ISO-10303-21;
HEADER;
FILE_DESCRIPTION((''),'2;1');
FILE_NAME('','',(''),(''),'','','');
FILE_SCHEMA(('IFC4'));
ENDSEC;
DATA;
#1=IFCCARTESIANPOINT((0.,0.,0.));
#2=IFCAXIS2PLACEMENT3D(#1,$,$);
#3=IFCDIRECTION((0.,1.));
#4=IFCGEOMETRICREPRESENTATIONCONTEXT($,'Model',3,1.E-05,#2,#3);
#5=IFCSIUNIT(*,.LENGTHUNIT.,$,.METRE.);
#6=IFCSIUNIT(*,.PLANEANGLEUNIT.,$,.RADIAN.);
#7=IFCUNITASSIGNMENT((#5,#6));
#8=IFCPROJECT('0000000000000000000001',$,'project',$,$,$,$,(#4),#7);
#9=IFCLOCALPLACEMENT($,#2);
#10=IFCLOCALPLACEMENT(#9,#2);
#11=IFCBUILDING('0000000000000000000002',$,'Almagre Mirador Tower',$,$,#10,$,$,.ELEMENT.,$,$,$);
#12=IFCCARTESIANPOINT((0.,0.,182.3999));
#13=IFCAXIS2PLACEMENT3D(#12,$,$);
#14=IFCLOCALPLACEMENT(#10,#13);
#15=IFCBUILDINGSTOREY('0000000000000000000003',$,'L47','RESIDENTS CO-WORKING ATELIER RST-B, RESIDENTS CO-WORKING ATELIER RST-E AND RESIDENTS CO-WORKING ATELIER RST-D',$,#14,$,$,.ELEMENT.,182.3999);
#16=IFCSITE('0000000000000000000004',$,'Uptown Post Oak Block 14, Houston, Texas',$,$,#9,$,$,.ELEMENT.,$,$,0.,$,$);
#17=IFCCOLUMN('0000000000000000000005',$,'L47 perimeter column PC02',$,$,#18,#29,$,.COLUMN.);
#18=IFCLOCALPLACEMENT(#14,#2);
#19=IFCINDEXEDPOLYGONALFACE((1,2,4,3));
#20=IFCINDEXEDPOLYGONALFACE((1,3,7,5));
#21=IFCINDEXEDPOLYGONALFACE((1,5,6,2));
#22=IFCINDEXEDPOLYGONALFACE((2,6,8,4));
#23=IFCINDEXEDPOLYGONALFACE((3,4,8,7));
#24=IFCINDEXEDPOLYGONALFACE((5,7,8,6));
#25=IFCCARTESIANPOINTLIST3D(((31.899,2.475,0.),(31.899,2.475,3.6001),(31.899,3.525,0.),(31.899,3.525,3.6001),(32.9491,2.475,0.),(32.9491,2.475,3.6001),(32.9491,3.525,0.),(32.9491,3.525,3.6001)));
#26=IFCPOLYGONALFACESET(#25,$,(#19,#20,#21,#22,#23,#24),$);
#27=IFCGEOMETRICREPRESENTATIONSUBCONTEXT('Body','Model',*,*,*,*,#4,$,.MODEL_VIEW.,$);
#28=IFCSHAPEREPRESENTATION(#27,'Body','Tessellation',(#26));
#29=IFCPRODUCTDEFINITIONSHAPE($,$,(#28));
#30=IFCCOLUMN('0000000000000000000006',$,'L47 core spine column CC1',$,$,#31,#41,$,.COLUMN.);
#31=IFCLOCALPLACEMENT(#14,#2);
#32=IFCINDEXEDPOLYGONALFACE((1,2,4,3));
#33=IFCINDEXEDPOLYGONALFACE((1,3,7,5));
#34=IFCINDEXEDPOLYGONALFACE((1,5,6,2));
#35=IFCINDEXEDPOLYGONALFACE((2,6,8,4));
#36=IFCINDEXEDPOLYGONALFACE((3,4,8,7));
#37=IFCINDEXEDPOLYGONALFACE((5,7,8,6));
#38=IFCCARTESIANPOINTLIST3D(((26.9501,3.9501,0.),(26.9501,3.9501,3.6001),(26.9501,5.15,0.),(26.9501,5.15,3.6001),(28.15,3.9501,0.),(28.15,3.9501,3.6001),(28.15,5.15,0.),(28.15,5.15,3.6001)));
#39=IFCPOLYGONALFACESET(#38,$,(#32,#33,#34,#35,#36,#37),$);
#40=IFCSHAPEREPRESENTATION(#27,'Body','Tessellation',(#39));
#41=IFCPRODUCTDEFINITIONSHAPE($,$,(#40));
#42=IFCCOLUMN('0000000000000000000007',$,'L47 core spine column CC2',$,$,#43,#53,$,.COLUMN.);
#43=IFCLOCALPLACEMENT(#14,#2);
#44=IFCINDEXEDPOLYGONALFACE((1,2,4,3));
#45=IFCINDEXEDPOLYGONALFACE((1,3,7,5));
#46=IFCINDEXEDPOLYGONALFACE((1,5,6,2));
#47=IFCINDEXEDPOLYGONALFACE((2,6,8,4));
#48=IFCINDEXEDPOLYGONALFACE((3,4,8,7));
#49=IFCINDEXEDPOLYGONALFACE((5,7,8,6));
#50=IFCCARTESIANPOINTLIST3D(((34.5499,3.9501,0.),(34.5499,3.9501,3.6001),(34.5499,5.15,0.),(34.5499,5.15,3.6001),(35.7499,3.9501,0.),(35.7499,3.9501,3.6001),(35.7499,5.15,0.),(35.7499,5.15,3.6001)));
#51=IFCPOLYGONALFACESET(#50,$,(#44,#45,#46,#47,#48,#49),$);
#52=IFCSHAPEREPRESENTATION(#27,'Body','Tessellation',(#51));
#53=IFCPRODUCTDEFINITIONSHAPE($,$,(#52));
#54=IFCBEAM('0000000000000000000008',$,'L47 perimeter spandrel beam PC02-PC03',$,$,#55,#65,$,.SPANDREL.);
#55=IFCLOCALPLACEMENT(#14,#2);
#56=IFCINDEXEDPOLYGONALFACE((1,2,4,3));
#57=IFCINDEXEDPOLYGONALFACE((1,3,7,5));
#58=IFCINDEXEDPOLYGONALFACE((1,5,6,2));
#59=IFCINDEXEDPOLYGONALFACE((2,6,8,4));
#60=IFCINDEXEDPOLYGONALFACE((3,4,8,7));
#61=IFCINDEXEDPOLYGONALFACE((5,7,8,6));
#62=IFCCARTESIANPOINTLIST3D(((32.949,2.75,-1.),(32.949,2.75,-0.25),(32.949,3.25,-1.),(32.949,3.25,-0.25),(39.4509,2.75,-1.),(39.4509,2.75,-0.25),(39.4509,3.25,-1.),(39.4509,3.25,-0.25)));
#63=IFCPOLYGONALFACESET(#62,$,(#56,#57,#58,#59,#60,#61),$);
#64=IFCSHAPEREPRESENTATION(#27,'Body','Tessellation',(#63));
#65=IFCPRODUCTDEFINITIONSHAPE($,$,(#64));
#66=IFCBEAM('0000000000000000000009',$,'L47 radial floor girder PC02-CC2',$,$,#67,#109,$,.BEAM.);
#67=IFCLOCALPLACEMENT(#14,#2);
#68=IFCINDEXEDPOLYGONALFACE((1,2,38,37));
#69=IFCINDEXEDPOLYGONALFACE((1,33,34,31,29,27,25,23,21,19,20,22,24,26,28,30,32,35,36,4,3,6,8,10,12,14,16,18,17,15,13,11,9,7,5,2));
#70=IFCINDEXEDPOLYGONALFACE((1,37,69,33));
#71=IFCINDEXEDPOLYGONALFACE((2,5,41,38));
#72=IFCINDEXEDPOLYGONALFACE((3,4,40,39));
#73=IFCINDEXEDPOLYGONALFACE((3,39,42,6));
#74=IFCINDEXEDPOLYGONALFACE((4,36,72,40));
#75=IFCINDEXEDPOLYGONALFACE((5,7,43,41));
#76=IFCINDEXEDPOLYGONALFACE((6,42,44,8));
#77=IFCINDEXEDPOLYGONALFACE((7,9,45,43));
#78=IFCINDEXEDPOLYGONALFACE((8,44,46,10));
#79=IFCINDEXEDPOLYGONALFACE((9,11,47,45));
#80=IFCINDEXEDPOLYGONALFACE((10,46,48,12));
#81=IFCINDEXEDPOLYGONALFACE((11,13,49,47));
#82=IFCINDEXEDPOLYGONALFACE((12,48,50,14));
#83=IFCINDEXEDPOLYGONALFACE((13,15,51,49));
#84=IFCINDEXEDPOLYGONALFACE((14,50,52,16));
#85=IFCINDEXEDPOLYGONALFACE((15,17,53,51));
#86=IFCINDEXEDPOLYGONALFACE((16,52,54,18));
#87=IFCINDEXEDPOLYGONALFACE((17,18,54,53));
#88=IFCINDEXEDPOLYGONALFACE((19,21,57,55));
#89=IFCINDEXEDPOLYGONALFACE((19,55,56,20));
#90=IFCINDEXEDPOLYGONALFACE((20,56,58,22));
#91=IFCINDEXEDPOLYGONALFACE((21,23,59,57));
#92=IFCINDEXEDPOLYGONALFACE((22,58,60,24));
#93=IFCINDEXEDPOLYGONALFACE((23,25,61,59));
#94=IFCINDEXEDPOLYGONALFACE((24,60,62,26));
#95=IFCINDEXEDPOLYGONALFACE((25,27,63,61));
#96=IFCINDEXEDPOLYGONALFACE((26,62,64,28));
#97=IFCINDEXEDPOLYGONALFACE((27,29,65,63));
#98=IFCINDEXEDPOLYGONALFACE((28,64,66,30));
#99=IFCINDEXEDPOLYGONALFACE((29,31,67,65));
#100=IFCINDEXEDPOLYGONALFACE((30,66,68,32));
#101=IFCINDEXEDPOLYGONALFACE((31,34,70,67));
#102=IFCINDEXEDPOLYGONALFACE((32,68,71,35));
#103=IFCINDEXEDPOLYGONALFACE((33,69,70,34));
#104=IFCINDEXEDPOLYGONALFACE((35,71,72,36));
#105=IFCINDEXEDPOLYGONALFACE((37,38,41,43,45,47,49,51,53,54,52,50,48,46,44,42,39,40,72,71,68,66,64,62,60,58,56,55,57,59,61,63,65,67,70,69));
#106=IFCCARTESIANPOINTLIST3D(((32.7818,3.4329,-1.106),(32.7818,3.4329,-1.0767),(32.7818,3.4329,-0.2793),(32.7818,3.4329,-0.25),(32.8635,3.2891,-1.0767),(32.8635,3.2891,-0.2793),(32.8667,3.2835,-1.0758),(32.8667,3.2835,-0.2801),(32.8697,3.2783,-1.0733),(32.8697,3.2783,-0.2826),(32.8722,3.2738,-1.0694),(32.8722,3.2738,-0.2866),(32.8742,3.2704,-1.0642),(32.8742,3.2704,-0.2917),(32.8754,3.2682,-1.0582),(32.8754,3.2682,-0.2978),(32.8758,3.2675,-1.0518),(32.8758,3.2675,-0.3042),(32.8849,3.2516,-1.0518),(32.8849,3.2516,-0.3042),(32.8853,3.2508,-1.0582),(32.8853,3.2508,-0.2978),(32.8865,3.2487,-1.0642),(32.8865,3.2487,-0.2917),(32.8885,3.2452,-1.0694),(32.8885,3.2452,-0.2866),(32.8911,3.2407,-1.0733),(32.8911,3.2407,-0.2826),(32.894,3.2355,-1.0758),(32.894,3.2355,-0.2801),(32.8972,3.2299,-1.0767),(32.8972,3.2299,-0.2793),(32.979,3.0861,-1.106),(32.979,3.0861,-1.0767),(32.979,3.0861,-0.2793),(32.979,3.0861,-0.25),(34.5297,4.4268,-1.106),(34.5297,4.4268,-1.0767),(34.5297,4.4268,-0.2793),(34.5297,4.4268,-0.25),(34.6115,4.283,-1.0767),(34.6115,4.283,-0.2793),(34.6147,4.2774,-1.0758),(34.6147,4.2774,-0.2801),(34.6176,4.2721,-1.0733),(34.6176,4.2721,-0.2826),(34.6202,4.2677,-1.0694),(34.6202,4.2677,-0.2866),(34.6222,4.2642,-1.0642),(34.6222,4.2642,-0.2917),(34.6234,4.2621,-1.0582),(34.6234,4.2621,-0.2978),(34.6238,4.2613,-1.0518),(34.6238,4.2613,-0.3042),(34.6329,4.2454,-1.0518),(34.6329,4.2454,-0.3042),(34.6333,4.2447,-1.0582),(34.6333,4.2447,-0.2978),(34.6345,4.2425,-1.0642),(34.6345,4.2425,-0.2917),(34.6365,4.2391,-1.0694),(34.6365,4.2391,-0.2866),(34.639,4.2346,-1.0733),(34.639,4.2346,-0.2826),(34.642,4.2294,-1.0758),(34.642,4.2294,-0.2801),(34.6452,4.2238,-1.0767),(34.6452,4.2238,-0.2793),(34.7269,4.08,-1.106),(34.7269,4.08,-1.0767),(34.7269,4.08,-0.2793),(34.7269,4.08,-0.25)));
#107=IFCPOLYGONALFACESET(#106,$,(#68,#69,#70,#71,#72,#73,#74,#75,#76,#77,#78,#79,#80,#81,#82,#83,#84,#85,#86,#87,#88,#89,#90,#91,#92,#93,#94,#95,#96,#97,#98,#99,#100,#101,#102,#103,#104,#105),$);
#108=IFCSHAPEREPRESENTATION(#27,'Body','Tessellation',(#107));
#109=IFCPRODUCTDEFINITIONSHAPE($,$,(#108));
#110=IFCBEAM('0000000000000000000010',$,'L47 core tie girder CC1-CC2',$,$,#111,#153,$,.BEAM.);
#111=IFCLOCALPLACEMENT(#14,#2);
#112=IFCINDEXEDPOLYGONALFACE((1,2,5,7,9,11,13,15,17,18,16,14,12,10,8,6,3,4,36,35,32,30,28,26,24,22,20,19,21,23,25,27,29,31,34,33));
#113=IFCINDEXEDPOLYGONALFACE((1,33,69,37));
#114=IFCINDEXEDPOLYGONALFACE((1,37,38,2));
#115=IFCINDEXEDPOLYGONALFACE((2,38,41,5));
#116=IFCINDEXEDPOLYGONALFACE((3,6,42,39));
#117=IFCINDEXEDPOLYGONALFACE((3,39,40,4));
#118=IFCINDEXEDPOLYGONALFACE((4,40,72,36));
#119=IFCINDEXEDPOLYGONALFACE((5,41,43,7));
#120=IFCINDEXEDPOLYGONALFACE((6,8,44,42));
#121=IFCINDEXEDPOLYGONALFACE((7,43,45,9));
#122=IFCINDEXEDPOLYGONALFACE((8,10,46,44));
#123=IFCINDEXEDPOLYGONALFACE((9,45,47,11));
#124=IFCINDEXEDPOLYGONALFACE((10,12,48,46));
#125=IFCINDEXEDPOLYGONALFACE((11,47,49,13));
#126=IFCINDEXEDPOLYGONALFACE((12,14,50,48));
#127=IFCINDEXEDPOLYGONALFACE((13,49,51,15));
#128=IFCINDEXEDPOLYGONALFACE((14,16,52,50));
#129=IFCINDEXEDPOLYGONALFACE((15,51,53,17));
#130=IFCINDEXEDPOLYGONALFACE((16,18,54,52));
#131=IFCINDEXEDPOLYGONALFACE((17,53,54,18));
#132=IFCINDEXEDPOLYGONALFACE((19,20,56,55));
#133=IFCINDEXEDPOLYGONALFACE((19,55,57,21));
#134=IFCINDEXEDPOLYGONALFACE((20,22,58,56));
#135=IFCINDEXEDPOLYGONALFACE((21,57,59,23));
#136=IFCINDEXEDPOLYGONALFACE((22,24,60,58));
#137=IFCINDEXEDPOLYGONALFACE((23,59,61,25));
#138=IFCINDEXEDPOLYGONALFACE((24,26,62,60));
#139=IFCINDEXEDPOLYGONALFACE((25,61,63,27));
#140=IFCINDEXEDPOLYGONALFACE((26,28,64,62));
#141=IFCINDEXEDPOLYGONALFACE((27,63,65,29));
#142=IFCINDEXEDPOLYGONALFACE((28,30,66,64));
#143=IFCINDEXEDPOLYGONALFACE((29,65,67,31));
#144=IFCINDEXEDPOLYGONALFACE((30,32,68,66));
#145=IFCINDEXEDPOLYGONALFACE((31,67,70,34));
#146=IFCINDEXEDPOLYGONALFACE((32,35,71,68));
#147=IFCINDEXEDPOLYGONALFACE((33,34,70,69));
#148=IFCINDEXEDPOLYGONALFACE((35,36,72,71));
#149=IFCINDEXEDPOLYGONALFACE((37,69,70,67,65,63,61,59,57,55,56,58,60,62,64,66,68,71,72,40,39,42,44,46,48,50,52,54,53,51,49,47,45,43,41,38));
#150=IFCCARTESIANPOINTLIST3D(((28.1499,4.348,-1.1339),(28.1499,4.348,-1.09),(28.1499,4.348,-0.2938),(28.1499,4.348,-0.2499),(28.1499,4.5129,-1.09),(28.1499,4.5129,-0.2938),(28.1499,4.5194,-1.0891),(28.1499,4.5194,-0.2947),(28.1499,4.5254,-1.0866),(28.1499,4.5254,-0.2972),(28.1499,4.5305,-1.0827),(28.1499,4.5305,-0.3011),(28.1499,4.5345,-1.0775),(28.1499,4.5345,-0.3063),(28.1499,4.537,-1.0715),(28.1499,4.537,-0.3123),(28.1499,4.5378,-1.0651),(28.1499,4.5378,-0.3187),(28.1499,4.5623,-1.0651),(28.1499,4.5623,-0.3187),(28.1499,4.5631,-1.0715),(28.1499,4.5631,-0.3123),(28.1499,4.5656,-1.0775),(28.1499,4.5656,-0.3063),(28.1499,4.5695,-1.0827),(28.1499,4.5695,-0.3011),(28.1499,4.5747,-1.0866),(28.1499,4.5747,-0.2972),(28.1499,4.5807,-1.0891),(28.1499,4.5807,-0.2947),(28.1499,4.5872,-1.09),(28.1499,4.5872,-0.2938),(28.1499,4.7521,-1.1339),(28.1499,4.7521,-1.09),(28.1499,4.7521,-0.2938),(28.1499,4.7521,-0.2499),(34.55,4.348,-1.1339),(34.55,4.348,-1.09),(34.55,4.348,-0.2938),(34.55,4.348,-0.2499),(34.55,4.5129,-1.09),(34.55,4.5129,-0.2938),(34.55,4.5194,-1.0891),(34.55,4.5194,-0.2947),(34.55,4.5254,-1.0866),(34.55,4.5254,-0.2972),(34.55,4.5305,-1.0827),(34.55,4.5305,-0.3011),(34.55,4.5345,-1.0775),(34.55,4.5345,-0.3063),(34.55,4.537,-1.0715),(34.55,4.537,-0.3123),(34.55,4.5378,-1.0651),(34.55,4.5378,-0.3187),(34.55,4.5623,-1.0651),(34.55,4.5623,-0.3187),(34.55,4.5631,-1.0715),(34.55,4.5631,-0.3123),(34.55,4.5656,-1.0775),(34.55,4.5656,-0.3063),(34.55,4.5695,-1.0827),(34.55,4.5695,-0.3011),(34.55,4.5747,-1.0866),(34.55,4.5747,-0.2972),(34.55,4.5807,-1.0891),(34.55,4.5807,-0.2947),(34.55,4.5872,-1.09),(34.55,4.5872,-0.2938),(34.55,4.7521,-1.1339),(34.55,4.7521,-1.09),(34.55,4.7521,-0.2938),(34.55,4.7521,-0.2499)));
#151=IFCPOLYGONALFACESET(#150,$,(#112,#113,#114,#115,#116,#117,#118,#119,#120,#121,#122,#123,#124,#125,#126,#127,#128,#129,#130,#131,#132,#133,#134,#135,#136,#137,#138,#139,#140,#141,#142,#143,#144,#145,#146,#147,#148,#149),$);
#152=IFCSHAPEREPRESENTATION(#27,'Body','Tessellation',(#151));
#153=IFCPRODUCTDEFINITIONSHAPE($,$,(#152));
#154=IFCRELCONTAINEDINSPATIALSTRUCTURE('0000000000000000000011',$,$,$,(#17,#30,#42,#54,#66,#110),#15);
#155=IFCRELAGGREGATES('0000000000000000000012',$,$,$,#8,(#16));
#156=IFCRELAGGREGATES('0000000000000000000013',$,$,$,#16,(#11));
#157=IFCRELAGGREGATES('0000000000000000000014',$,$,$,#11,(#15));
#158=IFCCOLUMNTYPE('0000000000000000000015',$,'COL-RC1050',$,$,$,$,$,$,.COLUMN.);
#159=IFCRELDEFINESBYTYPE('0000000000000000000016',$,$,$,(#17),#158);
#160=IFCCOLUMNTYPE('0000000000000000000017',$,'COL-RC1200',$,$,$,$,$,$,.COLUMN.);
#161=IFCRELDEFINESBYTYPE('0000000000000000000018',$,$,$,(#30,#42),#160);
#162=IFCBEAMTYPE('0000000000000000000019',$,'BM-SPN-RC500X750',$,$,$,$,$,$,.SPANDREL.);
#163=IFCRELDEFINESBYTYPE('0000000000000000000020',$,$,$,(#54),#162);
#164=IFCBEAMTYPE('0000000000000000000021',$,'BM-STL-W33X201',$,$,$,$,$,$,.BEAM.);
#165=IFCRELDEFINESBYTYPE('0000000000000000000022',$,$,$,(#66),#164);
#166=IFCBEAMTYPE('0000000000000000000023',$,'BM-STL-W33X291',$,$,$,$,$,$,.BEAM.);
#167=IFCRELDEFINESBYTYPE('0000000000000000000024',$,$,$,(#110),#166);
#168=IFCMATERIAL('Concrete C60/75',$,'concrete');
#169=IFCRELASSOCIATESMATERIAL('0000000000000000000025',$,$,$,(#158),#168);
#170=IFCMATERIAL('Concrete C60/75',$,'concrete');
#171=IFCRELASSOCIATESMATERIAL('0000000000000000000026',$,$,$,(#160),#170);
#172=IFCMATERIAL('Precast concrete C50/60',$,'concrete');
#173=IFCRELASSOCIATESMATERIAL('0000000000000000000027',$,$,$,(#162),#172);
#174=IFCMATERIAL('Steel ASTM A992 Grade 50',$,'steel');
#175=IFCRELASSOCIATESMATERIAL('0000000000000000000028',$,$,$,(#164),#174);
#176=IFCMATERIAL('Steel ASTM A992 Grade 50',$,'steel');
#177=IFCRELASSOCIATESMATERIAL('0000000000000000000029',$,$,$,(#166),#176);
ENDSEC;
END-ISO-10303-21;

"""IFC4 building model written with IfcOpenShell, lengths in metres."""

from ifc_helpers import new_model, si_unit, direction, frame, origin, origin_2d, place, context, subcontext, project, spatial, rectangle, i_section, extrude, material, material_profile, profile_set, type_object, element, save


model = new_model("IFC4")

# Units and contexts
model_context = context("Model", 3, precision=1e-05, world=origin(), true_north=direction((0.0, 1.0)))
body_context = subcontext(model_context, "Body", "Model", "MODEL_VIEW")
ifc_project = project(units=[si_unit("LENGTHUNIT", "METRE"), si_unit("PLANEANGLEUNIT", "RADIAN")], contexts=[model_context])

# Site, building, storey
site_placement = place(None, origin())
site = spatial("IfcSite", under=ifc_project, at=site_placement, Name="Uptown Post Oak Block 14, Houston, Texas", CompositionType="ELEMENT", RefElevation=0.0)
building_placement = place(site_placement, origin())
building = spatial("IfcBuilding", under=site, at=building_placement, Name="Almagre Mirador Tower", CompositionType="ELEMENT")
storey_placement = place(building_placement, frame((0.0, 0.0, 182.3999)))
storey = spatial("IfcBuildingStorey", under=building, at=storey_placement, Name="L47", Description="RESIDENTS CO-WORKING ATELIER RST-B, RESIDENTS CO-WORKING ATELIER RST-E AND RESIDENTS CO-WORKING ATELIER RST-D", CompositionType="ELEMENT", Elevation=182.3999)

# Columns
ifc_material_1 = material(Name="Concrete C60/75", Category="concrete")
ifc_material_profile_1 = material_profile(ifc_material_1, rectangle(XDim=1.05, YDim=1.05, at=origin_2d()), Name="RC1050X1050")
ifc_profile_set_1 = profile_set([ifc_material_profile_1], Name="Concrete C60/75")
column_type_1 = type_object("IfcColumnType", Name="COL-RC1050", PredefinedType="COLUMN", material=ifc_profile_set_1)
column_placement = place(storey_placement, frame((32.4241, 3.0, 0.0), z_axis=(0.0, 0.0, 1.0), x_axis=(1.0, 0.0, 0.0)))
element("IfcColumn", 1, at=column_placement, inside=storey, type_object=column_type_1, Name="L47 perimeter column PC02", PredefinedType="COLUMN", context=body_context, shape_type="SweptSolid", body=[
    extrude(rectangle(XDim=1.05, YDim=1.05, at=origin_2d()), origin(), (0.0, 0.0, 1.0), 3.6001),
])
ifc_material_2 = material(Name="Concrete C60/75", Category="concrete")
ifc_material_profile_2 = material_profile(ifc_material_2, rectangle(XDim=1.2, YDim=1.2, at=origin_2d()), Name="RC1200X1200")
ifc_profile_set_2 = profile_set([ifc_material_profile_2], Name="Concrete C60/75")
column_type_2 = type_object("IfcColumnType", Name="COL-RC1200", PredefinedType="COLUMN", material=ifc_profile_set_2)
for number, where, z_axis, x_axis, name in (
    (2, (27.55, 4.55, 0.0), (0.0, 0.0, 1.0), (1.0, 0.0, 0.0), "L47 core spine column CC1"),
    (3, (35.1499, 4.55, 0.0), (0.0, 0.0, 1.0), (1.0, 0.0, 0.0), "L47 core spine column CC2"),
):
    element("IfcColumn", number, at=place(storey_placement, frame(where, z_axis=z_axis, x_axis=x_axis)), inside=storey, type_object=column_type_2, Name=name, PredefinedType="COLUMN", context=body_context, shape_type="SweptSolid", body=[
        extrude(rectangle(XDim=1.2, YDim=1.2, at=origin_2d()), origin(), (0.0, 0.0, 1.0), 3.6001),
    ])

# Beams
ifc_material_3 = material(Name="Precast concrete C50/60", Category="concrete")
ifc_material_profile_3 = material_profile(ifc_material_3, rectangle(XDim=0.5, YDim=0.75, at=origin_2d()), Name="RC500X750")
ifc_profile_set_3 = profile_set([ifc_material_profile_3], Name="Precast concrete C50/60")
beam_type_1 = type_object("IfcBeamType", Name="BM-SPN-RC500X750", PredefinedType="SPANDREL", material=ifc_profile_set_3)
beam_1_placement = place(storey_placement, frame((32.949, 3.0, -0.625), z_axis=(1.0, 0.0, 0.0), x_axis=(0.0, 1.0, 0.0)))
element("IfcBeam", 4, at=beam_1_placement, inside=storey, type_object=beam_type_1, Name="L47 perimeter spandrel beam PC02-PC03", PredefinedType="SPANDREL", context=body_context, shape_type="SweptSolid", body=[
    extrude(rectangle(XDim=0.5, YDim=0.75, at=origin_2d()), origin(), (0.0, 0.0, 1.0), 6.502),
])
ifc_material_4 = material(Name="Steel ASTM A992 Grade 50", Category="steel")
ifc_material_profile_4 = material_profile(ifc_material_4, i_section(OverallWidth=0.3989, OverallDepth=0.856, WebThickness=0.0183, FlangeThickness=0.0293, FilletRadius=0.0249, at=origin_2d()), Name="W33X201")
ifc_profile_set_4 = profile_set([ifc_material_profile_4], Name="Steel ASTM A992 Grade 50")
beam_type_2 = type_object("IfcBeamType", Name="BM-STL-W33X201", PredefinedType="BEAM", material=ifc_profile_set_4)
beam_2_placement = place(storey_placement, frame((32.8804, 3.2595, -0.678), z_axis=(0.86931, 0.494268, 0.0), x_axis=(-0.494268, 0.86931, 0.0)))
element("IfcBeam", 5, at=beam_2_placement, inside=storey, type_object=beam_type_2, Name="L47 radial floor girder PC02-CC2", PredefinedType="BEAM", context=body_context, shape_type="SweptSolid", body=[
    extrude(i_section(OverallWidth=0.3989, OverallDepth=0.856, WebThickness=0.0183, FlangeThickness=0.0293, FilletRadius=0.0249, at=origin_2d()), origin(), (0.0, 0.0, 1.0), 2.0107),
])
ifc_material_5 = material(Name="Steel ASTM A992 Grade 50", Category="steel")
ifc_material_profile_5 = material_profile(ifc_material_5, i_section(OverallWidth=0.4041, OverallDepth=0.884, WebThickness=0.0244, FlangeThickness=0.0439, FilletRadius=0.0249, at=origin_2d()), Name="W33X291")
ifc_profile_set_5 = profile_set([ifc_material_profile_5], Name="Steel ASTM A992 Grade 50")
beam_type_3 = type_object("IfcBeamType", Name="BM-STL-W33X291", PredefinedType="BEAM", material=ifc_profile_set_5)
beam_3_placement = place(storey_placement, frame((28.1499, 4.55, -0.6919), z_axis=(1.0, 0.0, 0.0), x_axis=(0.0, 1.0, 0.0)))
element("IfcBeam", 6, at=beam_3_placement, inside=storey, type_object=beam_type_3, Name="L47 core tie girder CC1-CC2", PredefinedType="BEAM", context=body_context, shape_type="SweptSolid", body=[
    extrude(i_section(OverallWidth=0.4041, OverallDepth=0.884, WebThickness=0.0244, FlangeThickness=0.0439, FilletRadius=0.0249, at=origin_2d()), origin(), (0.0, 0.0, 1.0), 6.4001),
])

save(model, "model.ifc")
